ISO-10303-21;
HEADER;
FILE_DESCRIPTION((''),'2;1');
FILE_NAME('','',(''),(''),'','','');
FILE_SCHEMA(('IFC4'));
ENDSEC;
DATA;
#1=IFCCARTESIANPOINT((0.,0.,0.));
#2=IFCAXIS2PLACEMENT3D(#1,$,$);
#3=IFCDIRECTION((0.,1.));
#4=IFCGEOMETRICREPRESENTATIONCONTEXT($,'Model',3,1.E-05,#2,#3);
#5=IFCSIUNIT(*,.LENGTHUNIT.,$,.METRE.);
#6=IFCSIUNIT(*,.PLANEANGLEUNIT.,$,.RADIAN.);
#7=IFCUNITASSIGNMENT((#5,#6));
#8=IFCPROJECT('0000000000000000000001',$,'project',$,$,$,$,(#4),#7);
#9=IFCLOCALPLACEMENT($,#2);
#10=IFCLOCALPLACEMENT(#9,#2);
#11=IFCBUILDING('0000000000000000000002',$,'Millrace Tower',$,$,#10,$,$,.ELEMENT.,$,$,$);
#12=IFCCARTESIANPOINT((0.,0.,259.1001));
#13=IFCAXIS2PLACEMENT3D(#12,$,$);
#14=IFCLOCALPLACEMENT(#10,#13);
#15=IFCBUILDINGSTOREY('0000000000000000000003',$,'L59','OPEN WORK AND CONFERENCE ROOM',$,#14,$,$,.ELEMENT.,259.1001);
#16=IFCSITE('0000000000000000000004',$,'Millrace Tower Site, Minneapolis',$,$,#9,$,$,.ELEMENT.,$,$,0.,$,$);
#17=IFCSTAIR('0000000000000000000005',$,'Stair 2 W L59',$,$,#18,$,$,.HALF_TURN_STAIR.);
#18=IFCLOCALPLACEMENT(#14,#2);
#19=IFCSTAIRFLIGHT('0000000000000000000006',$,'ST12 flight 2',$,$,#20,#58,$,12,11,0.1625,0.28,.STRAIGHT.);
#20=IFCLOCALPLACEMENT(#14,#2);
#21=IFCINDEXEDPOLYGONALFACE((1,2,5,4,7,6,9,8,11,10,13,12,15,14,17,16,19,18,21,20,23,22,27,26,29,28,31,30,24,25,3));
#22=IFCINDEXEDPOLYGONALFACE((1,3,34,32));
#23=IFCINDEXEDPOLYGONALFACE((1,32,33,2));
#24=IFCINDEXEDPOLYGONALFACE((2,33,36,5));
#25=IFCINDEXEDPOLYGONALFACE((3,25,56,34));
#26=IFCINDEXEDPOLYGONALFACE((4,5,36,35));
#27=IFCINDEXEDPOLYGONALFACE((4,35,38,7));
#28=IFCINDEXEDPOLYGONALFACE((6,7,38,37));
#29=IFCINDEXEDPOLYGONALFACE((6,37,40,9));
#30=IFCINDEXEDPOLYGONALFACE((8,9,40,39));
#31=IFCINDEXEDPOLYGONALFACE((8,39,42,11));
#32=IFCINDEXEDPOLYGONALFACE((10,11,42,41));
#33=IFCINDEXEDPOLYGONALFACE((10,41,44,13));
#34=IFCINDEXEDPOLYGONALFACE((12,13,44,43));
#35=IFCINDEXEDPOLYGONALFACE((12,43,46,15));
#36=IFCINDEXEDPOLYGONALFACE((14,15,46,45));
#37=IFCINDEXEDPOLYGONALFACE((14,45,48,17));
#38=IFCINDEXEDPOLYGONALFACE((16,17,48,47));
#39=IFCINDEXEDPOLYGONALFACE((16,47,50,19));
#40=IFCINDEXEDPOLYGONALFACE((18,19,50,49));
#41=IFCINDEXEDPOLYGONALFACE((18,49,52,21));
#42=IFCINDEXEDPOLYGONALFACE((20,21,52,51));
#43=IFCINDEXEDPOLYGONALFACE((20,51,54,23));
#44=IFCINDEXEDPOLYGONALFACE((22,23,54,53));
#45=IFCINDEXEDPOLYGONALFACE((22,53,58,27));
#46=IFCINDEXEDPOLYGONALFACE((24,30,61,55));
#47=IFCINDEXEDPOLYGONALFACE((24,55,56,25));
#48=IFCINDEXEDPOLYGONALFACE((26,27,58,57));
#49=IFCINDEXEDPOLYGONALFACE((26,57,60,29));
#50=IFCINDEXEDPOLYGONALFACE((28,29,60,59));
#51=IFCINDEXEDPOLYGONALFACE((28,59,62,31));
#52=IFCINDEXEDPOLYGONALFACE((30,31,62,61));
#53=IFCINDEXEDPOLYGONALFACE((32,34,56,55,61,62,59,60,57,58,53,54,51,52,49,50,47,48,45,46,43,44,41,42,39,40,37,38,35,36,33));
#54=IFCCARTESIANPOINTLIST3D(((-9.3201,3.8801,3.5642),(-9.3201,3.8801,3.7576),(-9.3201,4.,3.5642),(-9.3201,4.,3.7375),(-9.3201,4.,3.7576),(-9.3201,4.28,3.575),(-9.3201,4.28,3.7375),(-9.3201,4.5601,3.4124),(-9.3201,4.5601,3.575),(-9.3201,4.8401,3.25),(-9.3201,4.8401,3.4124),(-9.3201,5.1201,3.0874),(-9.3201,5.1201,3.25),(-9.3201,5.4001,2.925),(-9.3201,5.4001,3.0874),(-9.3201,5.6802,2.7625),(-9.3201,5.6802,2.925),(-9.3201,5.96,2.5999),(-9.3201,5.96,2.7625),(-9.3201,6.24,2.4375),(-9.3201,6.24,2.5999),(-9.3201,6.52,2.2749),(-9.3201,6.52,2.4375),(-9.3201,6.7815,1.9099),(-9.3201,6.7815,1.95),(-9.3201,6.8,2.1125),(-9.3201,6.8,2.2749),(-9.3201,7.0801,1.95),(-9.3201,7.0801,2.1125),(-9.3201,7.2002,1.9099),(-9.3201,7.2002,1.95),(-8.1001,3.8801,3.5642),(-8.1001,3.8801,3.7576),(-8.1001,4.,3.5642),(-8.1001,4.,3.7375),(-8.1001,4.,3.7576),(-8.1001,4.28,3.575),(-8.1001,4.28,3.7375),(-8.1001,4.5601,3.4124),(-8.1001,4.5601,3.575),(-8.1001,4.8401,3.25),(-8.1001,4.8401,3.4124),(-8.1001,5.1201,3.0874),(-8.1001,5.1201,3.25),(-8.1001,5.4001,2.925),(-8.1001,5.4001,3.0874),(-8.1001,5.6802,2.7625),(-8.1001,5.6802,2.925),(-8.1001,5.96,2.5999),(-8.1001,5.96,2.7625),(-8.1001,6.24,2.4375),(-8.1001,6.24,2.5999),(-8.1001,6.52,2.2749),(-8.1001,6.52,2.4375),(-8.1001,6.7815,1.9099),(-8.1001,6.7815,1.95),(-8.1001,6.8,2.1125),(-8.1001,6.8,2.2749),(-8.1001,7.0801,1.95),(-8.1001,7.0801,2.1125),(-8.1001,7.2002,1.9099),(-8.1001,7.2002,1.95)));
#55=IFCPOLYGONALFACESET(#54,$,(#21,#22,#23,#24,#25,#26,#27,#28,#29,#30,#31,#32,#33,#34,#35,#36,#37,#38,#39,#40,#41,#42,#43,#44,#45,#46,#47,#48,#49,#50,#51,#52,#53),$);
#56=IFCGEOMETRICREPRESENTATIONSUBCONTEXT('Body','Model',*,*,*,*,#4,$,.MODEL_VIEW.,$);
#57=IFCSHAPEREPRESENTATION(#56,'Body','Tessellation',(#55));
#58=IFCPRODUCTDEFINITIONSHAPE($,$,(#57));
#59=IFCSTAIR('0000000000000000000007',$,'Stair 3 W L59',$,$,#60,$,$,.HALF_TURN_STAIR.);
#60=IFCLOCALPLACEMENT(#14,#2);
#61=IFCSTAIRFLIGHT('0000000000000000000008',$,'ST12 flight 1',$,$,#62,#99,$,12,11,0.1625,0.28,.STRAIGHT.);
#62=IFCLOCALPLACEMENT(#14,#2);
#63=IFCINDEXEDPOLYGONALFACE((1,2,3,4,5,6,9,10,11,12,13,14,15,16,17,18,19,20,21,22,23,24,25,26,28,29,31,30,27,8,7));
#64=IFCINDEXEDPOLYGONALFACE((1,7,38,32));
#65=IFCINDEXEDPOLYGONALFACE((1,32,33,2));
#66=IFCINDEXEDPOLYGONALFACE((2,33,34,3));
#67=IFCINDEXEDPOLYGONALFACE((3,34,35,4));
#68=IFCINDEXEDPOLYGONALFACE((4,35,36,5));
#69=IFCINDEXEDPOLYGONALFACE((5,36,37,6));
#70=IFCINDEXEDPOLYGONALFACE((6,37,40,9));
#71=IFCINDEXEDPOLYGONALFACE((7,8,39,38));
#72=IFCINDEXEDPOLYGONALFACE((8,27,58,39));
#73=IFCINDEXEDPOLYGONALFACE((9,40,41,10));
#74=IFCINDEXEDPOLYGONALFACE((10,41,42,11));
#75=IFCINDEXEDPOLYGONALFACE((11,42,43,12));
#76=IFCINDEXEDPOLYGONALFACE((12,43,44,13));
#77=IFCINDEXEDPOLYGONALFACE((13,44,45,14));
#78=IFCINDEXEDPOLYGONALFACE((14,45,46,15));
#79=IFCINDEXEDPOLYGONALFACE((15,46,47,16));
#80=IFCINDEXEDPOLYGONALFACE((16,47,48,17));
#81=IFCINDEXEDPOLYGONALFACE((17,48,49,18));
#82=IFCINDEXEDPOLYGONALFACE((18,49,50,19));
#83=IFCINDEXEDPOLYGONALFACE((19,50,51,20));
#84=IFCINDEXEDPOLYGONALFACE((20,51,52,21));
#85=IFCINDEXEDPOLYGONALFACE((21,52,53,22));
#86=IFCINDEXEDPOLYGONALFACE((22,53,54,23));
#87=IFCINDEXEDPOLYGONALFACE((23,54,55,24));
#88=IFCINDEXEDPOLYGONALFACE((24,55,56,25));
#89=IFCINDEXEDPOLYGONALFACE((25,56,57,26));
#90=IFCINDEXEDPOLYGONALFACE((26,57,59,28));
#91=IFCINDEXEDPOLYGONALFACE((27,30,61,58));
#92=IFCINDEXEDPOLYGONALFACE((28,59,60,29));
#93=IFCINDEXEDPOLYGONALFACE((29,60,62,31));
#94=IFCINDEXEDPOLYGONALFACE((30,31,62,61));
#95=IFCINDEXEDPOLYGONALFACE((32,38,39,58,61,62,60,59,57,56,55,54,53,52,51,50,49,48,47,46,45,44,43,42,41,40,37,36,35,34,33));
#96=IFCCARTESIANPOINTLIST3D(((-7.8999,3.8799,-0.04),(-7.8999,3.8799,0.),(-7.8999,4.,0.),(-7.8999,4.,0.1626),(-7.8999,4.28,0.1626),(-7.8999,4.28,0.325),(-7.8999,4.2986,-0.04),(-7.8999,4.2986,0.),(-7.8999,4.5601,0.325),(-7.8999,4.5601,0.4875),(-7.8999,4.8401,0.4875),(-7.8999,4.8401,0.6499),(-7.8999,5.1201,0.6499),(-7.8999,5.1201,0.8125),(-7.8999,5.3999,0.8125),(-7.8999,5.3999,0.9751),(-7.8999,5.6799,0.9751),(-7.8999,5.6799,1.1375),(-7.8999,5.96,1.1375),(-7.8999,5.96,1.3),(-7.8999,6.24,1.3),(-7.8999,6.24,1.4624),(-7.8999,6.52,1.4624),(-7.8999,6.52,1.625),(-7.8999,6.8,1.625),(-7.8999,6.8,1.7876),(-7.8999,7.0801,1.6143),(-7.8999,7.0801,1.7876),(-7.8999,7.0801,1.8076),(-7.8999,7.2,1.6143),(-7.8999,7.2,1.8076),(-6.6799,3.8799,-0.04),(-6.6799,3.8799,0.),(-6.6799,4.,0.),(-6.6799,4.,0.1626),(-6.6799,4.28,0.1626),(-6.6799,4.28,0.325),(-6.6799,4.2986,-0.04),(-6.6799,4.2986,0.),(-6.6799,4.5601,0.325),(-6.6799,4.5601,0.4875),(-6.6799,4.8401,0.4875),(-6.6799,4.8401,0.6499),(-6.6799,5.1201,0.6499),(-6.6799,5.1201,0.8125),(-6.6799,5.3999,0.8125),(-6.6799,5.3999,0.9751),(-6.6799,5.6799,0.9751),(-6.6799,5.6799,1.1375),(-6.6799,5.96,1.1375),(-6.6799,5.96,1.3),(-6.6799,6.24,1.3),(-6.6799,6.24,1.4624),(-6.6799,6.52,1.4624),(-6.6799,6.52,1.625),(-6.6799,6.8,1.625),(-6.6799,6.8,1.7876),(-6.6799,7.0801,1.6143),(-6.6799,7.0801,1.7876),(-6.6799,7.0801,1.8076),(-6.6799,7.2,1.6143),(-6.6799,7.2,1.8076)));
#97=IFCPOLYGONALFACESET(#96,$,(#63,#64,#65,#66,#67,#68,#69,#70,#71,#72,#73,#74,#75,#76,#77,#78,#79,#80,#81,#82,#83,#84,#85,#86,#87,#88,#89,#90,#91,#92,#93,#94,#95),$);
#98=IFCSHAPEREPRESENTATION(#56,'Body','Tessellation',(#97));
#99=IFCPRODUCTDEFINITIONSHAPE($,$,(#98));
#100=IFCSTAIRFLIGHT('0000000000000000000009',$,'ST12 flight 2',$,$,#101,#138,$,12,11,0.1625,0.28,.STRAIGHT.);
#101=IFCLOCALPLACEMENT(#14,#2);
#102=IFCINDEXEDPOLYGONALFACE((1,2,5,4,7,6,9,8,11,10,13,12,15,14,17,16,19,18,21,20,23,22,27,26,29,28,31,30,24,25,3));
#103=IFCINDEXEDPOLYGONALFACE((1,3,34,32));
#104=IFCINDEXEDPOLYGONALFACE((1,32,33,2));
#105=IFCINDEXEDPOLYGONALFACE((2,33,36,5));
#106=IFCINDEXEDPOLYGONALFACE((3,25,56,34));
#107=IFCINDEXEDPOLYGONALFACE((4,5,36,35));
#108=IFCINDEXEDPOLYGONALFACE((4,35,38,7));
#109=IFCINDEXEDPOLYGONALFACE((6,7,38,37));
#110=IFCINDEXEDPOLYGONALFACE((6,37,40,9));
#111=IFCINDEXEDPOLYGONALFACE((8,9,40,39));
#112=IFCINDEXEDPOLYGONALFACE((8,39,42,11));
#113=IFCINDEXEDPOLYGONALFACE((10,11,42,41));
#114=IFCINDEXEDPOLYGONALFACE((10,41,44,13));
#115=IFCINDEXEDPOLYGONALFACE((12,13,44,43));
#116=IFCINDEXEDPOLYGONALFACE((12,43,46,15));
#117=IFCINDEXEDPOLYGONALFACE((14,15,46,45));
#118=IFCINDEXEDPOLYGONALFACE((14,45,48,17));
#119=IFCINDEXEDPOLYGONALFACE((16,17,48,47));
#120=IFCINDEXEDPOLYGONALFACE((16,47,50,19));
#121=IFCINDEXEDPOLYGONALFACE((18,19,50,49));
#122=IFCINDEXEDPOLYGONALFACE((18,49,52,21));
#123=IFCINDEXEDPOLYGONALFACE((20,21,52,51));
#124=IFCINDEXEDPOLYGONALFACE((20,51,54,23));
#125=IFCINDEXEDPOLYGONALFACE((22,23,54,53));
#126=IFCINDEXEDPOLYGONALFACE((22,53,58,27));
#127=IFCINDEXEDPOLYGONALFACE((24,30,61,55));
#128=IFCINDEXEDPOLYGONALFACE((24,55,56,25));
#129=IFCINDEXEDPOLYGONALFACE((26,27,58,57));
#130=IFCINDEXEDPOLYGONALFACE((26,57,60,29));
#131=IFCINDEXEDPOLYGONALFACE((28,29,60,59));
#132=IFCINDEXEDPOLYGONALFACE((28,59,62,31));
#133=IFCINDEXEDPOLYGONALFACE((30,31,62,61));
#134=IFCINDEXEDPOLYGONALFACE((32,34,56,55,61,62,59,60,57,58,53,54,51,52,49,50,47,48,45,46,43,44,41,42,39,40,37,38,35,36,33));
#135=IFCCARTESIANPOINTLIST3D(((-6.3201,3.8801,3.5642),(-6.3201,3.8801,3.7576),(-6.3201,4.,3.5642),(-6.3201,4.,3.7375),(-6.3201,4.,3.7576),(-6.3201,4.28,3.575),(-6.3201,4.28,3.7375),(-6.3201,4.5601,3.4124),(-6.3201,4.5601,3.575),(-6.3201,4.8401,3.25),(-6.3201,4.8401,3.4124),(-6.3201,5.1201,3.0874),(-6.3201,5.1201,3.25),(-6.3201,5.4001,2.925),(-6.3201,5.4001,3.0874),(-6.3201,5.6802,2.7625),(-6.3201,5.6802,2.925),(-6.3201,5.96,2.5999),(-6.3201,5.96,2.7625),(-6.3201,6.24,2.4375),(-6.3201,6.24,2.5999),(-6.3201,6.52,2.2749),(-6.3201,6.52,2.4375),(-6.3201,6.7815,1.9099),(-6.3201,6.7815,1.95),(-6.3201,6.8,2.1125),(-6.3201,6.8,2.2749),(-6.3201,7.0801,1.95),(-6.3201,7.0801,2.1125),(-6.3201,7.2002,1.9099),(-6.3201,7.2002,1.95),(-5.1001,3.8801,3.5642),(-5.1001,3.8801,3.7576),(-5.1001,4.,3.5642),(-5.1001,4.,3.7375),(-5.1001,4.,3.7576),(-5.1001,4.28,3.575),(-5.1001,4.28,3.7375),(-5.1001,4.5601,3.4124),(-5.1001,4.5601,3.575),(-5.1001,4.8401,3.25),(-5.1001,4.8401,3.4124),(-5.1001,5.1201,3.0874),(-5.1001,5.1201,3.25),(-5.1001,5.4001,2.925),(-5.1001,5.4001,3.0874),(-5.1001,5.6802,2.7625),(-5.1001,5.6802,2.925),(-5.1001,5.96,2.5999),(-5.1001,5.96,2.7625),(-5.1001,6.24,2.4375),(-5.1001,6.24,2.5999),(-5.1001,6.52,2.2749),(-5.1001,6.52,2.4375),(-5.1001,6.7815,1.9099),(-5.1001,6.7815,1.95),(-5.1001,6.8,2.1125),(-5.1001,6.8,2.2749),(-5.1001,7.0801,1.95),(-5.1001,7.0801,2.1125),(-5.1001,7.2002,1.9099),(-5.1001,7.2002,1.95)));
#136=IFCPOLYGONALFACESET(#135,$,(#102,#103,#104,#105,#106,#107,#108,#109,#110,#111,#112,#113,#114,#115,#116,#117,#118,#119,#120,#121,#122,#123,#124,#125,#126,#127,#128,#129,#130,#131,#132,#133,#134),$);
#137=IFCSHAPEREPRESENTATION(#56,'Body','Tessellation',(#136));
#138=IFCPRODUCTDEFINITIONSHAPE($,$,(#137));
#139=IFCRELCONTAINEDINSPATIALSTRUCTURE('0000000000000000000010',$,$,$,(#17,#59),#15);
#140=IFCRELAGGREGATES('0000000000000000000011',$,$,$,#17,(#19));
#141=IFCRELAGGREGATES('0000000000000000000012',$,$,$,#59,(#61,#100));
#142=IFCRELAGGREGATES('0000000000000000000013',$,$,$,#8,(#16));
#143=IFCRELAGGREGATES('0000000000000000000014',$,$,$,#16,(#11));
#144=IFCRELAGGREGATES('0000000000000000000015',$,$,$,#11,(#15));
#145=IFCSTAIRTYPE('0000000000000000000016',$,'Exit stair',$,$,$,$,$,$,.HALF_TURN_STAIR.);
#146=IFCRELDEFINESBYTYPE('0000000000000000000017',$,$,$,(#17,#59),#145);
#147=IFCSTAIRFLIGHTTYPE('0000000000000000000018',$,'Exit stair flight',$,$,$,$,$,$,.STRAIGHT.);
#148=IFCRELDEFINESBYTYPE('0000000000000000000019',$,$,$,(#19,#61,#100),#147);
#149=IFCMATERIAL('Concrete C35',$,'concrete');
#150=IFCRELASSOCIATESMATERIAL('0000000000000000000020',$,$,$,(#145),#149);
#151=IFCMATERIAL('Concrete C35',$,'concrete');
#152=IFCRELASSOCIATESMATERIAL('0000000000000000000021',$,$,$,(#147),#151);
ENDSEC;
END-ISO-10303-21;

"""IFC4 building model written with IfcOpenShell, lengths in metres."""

from ifc_helpers import new_model, si_unit, direction, frame, origin, place, context, subcontext, project, spatial, polyline, outline, extrude, material, type_object, element, aggregate, save


model = new_model("IFC4")

# Units and contexts
model_context = context("Model", 3, precision=1e-05, world=origin(), true_north=direction((0.0, 1.0)))
body_context = subcontext(model_context, "Body", "Model", "MODEL_VIEW")
ifc_project = project(units=[si_unit("LENGTHUNIT", "METRE"), si_unit("PLANEANGLEUNIT", "RADIAN")], contexts=[model_context])

# Site, building, storey
site_placement = place(None, origin())
site = spatial("IfcSite", under=ifc_project, at=site_placement, Name="Millrace Tower Site, Minneapolis", CompositionType="ELEMENT", RefElevation=0.0)
building_placement = place(site_placement, origin())
building = spatial("IfcBuilding", under=site, at=building_placement, Name="Millrace Tower", CompositionType="ELEMENT")
storey_placement = place(building_placement, frame((0.0, 0.0, 259.1001)))
storey = spatial("IfcBuildingStorey", under=building, at=storey_placement, Name="L59", Description="OPEN WORK AND CONFERENCE ROOM", CompositionType="ELEMENT", Elevation=259.1001)

# Stairs, stair flights
ifc_material_1 = material(Name="Concrete C35", Category="concrete")
stair_type = type_object("IfcStairType", Name="Exit stair", PredefinedType="HALF_TURN_STAIR", material=ifc_material_1)
placement = place(storey_placement, origin())
ifc_material_2 = material(Name="Concrete C35", Category="concrete")
stair_flight_type = type_object("IfcStairFlightType", Name="Exit stair flight", PredefinedType="STRAIGHT", material=ifc_material_2)
stair_1 = element("IfcStair", 1, at=placement, inside=storey, type_object=stair_type, Name="Stair 2 W L59", PredefinedType="HALF_TURN_STAIR")
stair_flight_1_placement = place(storey_placement, frame((-8.71, 7.0801, 1.95), z_axis=(0.0, 0.0, 1.0), x_axis=(0.0, -1.0, 0.0)))
stair_flight_1 = element("IfcStairFlight", 2, at=stair_flight_1_placement, type_object=stair_flight_type, Name="ST12 flight 2", NumberOfRisers=12, NumberOfTreads=11, PredefinedType="STRAIGHT", RiserHeight=0.1625, TreadLength=0.28, context=body_context, shape_type="SweptSolid", body=[
    extrude(outline(polyline([(-0.1201, -0.04), (-0.1201, 0.0), (0.0, 0.0), (0.0, 0.1626), (0.28, 0.1626), (0.28, 0.325), (0.5601, 0.325), (0.5601, 0.4875), (0.8401, 0.4875), (0.8401, 0.6499), (1.1201, 0.6499), (1.1201, 0.8125), (1.3999, 0.8125), (1.3999, 0.9751), (1.6799, 0.9751), (1.6799, 1.1375), (1.96, 1.1375), (1.96, 1.3), (2.24, 1.3), (2.24, 1.4624), (2.52, 1.4624), (2.52, 1.625), (2.8, 1.625), (2.8, 1.7876), (3.0801, 1.7876), (3.0801, 1.8076), (3.2, 1.8076), (3.2, 1.6143), (3.0801, 1.6143), (0.2986, 0.0), (0.2986, -0.04), (-0.1201, -0.04)])), frame((0.0, 0.6099, 0.0), z_axis=(0.0, -1.0, 0.0), x_axis=(1.0, 0.0, 0.0)), (0.0, 0.0, 1.0), 1.22),
])
aggregate(stair_1, [stair_flight_1])
stair_2 = element("IfcStair", 3, at=placement, inside=storey, type_object=stair_type, Name="Stair 3 W L59", PredefinedType="HALF_TURN_STAIR")
stair_flight_2_placement = place(storey_placement, frame((-7.29, 4.0, 0.0), z_axis=(0.0, 0.0, 1.0), x_axis=(0.0, 1.0, 0.0)))
stair_flight_2 = element("IfcStairFlight", 4, at=stair_flight_2_placement, type_object=stair_flight_type, Name="ST12 flight 1", NumberOfRisers=12, NumberOfTreads=11, PredefinedType="STRAIGHT", RiserHeight=0.1625, TreadLength=0.28, context=body_context, shape_type="SweptSolid", body=[
    extrude(outline(polyline([(-0.1201, -0.04), (-0.1201, 0.0), (0.0, 0.0), (0.0, 0.1626), (0.28, 0.1626), (0.28, 0.325), (0.5601, 0.325), (0.5601, 0.4875), (0.8401, 0.4875), (0.8401, 0.6499), (1.1201, 0.6499), (1.1201, 0.8125), (1.3999, 0.8125), (1.3999, 0.9751), (1.6799, 0.9751), (1.6799, 1.1375), (1.96, 1.1375), (1.96, 1.3), (2.24, 1.3), (2.24, 1.4624), (2.52, 1.4624), (2.52, 1.625), (2.8, 1.625), (2.8, 1.7876), (3.0801, 1.7876), (3.0801, 1.8076), (3.2, 1.8076), (3.2, 1.6143), (3.0801, 1.6143), (0.2986, 0.0), (0.2986, -0.04), (-0.1201, -0.04)])), frame((0.0, 0.6099, 0.0), z_axis=(0.0, -1.0, 0.0), x_axis=(1.0, 0.0, 0.0)), (0.0, 0.0, 1.0), 1.22),
])
stair_flight_3_placement = place(storey_placement, frame((-5.71, 7.0801, 1.95), z_axis=(0.0, 0.0, 1.0), x_axis=(0.0, -1.0, 0.0)))
stair_flight_3 = element("IfcStairFlight", 5, at=stair_flight_3_placement, type_object=stair_flight_type, Name="ST12 flight 2", NumberOfRisers=12, NumberOfTreads=11, PredefinedType="STRAIGHT", RiserHeight=0.1625, TreadLength=0.28, context=body_context, shape_type="SweptSolid", body=[
    extrude(outline(polyline([(-0.1201, -0.04), (-0.1201, 0.0), (0.0, 0.0), (0.0, 0.1626), (0.28, 0.1626), (0.28, 0.325), (0.5601, 0.325), (0.5601, 0.4875), (0.8401, 0.4875), (0.8401, 0.6499), (1.1201, 0.6499), (1.1201, 0.8125), (1.3999, 0.8125), (1.3999, 0.9751), (1.6799, 0.9751), (1.6799, 1.1375), (1.96, 1.1375), (1.96, 1.3), (2.24, 1.3), (2.24, 1.4624), (2.52, 1.4624), (2.52, 1.625), (2.8, 1.625), (2.8, 1.7876), (3.0801, 1.7876), (3.0801, 1.8076), (3.2, 1.8076), (3.2, 1.6143), (3.0801, 1.6143), (0.2986, 0.0), (0.2986, -0.04), (-0.1201, -0.04)])), frame((0.0, 0.6099, 0.0), z_axis=(0.0, -1.0, 0.0), x_axis=(1.0, 0.0, 0.0)), (0.0, 0.0, 1.0), 1.22),
])
aggregate(stair_2, [stair_flight_2, stair_flight_3])

save(model, "model.ifc")
